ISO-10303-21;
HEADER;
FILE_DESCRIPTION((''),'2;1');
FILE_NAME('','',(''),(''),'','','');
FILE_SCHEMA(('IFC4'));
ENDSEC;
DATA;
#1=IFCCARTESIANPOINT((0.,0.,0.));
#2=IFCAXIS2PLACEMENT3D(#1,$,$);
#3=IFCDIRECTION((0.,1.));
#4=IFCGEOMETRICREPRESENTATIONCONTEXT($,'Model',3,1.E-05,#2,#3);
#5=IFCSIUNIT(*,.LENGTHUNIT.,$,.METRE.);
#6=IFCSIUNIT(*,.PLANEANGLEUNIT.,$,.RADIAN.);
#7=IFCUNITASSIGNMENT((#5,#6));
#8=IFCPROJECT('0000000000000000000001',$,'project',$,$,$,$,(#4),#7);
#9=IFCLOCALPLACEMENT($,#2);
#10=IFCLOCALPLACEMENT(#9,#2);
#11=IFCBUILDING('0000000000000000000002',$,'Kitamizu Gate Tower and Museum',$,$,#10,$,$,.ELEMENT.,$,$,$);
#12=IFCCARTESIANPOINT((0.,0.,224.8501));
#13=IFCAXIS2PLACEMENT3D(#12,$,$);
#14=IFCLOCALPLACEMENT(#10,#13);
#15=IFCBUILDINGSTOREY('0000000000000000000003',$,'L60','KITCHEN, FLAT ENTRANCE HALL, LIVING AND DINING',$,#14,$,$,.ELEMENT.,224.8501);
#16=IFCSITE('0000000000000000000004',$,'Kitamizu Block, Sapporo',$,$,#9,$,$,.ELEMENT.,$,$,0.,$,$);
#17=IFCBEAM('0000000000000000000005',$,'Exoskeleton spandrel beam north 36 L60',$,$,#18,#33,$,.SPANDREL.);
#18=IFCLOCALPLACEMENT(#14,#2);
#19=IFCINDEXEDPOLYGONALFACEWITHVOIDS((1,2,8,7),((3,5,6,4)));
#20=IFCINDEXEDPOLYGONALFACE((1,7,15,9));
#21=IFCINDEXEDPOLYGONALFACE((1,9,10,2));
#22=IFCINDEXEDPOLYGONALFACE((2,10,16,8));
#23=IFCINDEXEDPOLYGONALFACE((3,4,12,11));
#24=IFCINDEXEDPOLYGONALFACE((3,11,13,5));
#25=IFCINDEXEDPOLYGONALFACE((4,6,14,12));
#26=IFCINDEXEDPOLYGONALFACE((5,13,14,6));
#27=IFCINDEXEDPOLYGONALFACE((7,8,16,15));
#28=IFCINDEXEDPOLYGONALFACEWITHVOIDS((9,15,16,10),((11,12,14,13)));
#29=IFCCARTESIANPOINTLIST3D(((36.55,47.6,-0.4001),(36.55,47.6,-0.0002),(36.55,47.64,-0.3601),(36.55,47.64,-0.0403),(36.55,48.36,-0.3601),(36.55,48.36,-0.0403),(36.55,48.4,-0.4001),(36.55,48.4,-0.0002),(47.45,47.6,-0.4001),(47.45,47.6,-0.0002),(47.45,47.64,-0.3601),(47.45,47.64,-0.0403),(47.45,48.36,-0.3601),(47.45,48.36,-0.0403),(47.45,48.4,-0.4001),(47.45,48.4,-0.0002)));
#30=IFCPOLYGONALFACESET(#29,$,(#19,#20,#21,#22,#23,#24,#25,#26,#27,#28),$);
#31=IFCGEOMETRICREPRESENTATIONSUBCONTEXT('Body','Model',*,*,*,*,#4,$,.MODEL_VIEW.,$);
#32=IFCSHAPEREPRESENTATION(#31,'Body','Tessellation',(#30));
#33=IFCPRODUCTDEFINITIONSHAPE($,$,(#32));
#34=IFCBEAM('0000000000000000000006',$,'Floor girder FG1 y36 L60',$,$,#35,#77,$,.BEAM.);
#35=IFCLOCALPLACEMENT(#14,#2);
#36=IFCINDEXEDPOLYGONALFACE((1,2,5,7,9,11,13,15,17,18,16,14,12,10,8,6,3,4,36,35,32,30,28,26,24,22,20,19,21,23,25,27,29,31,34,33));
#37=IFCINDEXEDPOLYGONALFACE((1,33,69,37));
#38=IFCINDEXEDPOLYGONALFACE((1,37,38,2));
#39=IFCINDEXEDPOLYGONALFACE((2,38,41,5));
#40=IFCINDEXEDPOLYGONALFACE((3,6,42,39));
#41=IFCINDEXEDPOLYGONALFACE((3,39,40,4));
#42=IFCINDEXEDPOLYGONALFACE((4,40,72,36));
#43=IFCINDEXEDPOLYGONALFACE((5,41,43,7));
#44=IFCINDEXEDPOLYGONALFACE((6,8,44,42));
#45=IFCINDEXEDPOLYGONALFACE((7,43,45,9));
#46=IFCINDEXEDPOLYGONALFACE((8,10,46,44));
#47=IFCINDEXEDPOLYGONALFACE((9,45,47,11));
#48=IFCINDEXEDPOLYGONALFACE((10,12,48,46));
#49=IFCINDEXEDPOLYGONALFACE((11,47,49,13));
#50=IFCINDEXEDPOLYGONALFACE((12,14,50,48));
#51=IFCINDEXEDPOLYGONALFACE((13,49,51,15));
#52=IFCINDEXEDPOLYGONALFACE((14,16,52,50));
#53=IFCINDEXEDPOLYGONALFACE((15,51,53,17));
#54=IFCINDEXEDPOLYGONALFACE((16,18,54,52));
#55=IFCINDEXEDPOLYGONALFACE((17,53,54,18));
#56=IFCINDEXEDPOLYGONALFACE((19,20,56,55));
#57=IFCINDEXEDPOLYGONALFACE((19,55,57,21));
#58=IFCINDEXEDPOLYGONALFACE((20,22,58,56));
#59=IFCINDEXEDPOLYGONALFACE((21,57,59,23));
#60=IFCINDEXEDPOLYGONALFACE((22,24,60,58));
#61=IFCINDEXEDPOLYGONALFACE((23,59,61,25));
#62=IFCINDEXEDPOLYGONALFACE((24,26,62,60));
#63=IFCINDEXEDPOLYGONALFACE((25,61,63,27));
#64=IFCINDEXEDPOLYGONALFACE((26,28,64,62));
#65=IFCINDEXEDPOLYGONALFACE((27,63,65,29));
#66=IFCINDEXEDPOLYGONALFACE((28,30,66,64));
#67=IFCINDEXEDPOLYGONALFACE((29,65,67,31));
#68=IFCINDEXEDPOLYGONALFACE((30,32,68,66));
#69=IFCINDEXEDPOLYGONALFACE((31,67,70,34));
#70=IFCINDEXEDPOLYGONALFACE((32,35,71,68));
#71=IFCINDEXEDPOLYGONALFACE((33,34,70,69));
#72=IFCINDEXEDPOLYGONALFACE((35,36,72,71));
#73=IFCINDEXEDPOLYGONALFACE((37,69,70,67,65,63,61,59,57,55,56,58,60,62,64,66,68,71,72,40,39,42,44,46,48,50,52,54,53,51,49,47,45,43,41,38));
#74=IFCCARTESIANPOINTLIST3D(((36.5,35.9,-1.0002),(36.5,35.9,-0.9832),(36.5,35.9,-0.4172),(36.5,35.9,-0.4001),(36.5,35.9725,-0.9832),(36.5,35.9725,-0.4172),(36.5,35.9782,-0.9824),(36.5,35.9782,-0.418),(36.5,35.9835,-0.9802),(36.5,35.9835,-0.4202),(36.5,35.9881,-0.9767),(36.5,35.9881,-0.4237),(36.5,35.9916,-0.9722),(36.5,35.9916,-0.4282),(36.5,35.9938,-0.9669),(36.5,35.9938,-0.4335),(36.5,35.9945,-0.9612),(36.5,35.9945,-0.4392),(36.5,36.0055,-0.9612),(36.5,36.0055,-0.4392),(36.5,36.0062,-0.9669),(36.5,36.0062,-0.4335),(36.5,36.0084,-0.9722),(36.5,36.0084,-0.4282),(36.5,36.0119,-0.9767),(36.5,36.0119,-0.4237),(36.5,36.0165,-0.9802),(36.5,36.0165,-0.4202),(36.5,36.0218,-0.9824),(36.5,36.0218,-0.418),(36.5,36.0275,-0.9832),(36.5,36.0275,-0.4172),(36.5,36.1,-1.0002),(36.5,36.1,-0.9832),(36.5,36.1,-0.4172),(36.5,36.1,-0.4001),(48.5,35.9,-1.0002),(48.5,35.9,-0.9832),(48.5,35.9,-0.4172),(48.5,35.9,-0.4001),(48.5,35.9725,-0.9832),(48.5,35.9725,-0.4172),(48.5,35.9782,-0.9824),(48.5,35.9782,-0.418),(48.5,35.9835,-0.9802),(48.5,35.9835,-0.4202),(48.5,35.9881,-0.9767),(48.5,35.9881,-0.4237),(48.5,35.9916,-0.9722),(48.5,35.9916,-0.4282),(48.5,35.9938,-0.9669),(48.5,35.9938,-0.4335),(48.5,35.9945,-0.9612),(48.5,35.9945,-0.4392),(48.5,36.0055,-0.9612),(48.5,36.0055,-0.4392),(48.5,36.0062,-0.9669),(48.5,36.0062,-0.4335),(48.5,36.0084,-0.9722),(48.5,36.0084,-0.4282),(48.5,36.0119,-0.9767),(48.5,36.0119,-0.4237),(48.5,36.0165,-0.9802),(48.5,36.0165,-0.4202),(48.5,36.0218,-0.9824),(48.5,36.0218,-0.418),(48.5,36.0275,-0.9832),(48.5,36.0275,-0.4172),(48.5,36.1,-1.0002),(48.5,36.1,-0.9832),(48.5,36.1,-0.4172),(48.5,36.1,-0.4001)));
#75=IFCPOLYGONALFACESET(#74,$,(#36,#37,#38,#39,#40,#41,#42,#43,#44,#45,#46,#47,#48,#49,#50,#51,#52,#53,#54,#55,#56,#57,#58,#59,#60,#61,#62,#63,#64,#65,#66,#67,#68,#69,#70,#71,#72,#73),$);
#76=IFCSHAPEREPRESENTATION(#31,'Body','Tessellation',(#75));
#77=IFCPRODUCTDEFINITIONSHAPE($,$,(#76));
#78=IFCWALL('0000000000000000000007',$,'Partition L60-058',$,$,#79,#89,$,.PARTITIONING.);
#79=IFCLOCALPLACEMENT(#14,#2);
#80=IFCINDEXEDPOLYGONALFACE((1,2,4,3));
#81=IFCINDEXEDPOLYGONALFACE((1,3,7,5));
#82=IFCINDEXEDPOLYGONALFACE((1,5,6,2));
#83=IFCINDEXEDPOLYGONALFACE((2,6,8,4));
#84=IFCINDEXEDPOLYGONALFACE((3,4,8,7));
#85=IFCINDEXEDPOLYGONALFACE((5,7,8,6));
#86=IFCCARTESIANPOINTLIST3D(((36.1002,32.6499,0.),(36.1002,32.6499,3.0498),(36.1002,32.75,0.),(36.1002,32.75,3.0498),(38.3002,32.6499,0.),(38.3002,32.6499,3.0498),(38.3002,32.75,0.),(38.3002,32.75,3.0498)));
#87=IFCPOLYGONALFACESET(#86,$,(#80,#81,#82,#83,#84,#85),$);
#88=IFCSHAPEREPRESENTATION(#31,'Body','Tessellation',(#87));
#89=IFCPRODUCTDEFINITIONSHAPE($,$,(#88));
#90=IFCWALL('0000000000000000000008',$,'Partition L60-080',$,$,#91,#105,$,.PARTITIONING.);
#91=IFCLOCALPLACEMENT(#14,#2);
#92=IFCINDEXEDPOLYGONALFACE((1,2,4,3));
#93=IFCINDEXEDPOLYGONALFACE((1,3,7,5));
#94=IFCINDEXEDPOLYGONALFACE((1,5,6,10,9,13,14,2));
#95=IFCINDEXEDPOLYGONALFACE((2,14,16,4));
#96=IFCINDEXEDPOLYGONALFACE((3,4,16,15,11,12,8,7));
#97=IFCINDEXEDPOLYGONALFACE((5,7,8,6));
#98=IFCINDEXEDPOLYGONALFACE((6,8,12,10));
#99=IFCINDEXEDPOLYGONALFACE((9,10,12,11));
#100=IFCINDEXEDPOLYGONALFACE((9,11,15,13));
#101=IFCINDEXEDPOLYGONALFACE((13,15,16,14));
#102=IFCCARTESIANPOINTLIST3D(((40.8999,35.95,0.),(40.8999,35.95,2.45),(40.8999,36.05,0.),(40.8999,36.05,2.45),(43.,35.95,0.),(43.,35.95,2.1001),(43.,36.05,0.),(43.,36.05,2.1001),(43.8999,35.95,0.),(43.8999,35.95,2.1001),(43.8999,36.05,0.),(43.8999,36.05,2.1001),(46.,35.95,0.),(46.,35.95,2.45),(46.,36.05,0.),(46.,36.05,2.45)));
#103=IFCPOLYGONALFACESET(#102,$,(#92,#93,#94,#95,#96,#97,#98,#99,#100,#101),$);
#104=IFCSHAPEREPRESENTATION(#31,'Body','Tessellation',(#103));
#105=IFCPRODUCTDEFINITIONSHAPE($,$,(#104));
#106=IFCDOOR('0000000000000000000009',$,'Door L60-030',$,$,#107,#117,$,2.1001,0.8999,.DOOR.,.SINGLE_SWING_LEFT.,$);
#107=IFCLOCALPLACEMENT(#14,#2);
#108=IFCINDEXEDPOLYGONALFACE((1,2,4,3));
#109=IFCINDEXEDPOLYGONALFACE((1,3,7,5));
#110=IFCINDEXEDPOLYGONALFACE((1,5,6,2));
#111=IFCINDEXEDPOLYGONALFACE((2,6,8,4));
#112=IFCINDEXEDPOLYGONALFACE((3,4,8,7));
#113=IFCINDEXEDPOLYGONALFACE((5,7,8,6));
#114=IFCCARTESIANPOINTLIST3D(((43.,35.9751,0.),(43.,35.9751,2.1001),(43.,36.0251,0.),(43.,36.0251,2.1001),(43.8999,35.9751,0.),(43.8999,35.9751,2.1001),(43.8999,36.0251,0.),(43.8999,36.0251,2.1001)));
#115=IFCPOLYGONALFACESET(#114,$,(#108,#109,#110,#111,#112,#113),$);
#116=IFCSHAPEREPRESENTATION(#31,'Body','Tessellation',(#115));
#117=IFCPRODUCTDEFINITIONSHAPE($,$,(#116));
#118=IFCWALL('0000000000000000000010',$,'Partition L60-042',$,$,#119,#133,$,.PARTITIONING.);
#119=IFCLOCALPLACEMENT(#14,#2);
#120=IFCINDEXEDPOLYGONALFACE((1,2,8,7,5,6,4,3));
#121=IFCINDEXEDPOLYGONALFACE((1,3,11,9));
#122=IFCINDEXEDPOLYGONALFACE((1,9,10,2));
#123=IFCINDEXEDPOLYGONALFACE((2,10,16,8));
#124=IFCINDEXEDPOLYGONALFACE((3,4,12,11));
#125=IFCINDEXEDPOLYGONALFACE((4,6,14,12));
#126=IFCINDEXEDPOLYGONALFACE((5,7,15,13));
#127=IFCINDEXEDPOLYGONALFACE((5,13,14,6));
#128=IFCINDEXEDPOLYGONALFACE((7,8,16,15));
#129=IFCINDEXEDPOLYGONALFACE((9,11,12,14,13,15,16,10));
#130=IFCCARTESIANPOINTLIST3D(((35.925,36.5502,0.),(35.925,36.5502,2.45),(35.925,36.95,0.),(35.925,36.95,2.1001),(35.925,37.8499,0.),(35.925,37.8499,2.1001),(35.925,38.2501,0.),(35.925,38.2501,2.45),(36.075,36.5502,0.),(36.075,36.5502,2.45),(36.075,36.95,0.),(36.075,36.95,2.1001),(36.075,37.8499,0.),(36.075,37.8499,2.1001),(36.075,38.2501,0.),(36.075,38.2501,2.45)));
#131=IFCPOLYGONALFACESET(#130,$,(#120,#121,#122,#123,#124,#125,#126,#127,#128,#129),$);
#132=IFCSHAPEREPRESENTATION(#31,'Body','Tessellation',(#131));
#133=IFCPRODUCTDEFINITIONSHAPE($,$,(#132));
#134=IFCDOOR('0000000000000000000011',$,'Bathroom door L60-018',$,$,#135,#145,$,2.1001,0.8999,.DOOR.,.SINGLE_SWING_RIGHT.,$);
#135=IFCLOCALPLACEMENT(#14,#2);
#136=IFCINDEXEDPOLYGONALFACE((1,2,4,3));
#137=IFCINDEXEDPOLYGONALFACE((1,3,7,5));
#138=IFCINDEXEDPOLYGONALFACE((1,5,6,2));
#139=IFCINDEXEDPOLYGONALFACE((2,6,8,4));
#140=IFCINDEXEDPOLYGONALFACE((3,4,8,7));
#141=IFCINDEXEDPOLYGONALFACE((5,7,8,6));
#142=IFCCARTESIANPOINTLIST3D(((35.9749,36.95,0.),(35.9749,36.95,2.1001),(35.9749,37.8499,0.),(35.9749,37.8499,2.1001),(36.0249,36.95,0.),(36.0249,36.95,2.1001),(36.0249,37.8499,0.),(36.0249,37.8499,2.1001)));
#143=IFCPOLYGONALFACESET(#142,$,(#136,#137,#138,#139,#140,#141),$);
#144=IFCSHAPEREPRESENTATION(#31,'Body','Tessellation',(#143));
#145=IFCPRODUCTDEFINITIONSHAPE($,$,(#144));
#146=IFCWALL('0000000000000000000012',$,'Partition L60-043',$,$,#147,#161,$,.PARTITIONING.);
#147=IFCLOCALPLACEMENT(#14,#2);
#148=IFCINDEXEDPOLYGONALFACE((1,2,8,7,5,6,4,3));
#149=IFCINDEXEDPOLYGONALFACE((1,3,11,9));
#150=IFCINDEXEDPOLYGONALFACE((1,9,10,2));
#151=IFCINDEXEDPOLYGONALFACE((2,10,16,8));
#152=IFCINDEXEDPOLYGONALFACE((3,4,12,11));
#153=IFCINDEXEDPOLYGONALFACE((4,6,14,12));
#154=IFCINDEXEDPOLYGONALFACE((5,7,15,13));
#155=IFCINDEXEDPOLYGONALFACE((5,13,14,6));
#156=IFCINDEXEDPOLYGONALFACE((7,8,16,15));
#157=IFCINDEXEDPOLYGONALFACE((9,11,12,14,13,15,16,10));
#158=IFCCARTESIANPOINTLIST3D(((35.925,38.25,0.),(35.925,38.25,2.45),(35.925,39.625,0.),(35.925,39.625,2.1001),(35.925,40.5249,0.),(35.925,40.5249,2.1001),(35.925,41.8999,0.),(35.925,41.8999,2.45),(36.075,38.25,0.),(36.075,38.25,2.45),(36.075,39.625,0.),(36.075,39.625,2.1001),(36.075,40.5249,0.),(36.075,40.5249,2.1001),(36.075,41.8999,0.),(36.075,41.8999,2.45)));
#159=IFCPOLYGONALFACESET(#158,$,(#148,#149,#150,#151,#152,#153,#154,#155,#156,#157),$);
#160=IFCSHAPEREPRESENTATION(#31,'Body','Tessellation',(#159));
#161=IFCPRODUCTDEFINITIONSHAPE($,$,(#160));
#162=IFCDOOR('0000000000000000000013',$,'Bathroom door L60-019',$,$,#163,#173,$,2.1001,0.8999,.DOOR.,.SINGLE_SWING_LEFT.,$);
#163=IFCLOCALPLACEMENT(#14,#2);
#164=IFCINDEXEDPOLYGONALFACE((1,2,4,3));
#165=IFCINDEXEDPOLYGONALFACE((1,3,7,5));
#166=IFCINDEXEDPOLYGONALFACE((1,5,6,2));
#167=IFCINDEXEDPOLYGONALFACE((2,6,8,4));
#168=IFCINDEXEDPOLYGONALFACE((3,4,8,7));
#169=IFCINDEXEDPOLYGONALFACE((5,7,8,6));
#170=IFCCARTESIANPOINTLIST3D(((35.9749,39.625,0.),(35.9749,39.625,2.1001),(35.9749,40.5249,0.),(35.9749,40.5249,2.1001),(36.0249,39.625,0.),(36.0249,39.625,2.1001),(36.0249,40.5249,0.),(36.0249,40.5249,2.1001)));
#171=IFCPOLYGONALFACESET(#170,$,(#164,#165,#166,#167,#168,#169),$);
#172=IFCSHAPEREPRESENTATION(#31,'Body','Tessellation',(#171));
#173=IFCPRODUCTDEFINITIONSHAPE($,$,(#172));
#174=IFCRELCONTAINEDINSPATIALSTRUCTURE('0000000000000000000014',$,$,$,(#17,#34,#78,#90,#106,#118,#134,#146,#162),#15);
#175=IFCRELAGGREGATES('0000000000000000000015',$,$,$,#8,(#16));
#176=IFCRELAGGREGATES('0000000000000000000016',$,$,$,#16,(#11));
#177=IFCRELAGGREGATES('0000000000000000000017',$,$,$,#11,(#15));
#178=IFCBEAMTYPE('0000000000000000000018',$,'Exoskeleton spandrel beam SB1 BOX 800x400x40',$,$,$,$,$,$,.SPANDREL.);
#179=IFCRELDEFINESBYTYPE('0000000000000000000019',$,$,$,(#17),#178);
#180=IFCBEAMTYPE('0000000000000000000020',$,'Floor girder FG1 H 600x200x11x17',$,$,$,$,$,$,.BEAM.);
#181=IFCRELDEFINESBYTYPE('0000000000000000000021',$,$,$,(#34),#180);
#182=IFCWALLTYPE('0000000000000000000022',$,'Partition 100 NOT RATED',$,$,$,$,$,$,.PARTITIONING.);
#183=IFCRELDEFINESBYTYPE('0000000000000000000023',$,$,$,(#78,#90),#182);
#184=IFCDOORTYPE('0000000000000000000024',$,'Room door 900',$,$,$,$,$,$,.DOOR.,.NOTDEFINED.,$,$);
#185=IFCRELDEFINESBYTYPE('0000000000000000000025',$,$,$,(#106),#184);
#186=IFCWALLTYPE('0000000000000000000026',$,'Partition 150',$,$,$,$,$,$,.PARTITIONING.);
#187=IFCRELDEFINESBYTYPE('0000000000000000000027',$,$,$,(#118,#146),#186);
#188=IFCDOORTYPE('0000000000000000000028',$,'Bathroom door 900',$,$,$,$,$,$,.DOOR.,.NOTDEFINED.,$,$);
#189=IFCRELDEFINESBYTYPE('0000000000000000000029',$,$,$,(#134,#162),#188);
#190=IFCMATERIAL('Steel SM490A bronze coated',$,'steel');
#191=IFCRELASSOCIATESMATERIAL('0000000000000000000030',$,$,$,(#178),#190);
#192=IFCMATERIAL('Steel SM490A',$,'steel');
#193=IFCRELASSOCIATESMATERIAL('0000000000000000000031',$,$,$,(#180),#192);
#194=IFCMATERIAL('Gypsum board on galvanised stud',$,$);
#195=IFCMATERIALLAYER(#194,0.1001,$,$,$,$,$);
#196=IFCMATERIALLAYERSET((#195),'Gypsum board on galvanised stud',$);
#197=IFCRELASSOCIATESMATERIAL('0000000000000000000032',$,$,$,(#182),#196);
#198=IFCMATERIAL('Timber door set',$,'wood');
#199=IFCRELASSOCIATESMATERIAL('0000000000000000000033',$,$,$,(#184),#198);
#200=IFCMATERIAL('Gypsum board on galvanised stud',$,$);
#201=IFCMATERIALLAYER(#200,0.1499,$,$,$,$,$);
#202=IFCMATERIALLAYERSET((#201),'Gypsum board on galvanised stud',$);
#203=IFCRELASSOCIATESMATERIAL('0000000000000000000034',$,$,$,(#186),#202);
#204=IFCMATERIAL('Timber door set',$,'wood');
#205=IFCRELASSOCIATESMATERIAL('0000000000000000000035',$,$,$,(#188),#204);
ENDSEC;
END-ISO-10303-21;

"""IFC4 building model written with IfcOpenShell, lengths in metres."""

from ifc_helpers import new_model, si_unit, direction, frame, frame_2d, origin, origin_2d, place, context, subcontext, project, spatial, rectangle, hollow_rectangle, i_section, extrude, material, layer, layer_set, material_profile, profile_set, type_object, element, fill, save


model = new_model("IFC4")

# Units and contexts
model_context = context("Model", 3, precision=1e-05, world=origin(), true_north=direction((0.0, 1.0)))
body_context = subcontext(model_context, "Body", "Model", "MODEL_VIEW")
ifc_project = project(units=[si_unit("LENGTHUNIT", "METRE"), si_unit("PLANEANGLEUNIT", "RADIAN")], contexts=[model_context])

# Site, building, storey
site_placement = place(None, origin())
site = spatial("IfcSite", under=ifc_project, at=site_placement, Name="Kitamizu Block, Sapporo", CompositionType="ELEMENT", RefElevation=0.0)
building_placement = place(site_placement, origin())
building = spatial("IfcBuilding", under=site, at=building_placement, Name="Kitamizu Gate Tower and Museum", CompositionType="ELEMENT")
storey_placement = place(building_placement, frame((0.0, 0.0, 224.8501)))
storey = spatial("IfcBuildingStorey", under=building, at=storey_placement, Name="L60", Description="KITCHEN, FLAT ENTRANCE HALL, LIVING AND DINING", CompositionType="ELEMENT", Elevation=224.8501)

# Beams
ifc_material_1 = material(Name="Steel SM490A bronze coated", Category="steel")
ifc_material_profile_1 = material_profile(ifc_material_1, hollow_rectangle(XDim=0.8, YDim=0.3999, WallThickness=0.04, at=origin_2d()), Name="BOX 800x400x40")
ifc_profile_set_1 = profile_set([ifc_material_profile_1], Name="Steel SM490A bronze coated")
beam_type_1 = type_object("IfcBeamType", Name="Exoskeleton spandrel beam SB1 BOX 800x400x40", PredefinedType="SPANDREL", material=ifc_profile_set_1)
beam_1_placement = place(storey_placement, frame((36.55, 48.0, -0.2002), z_axis=(1.0, 0.0, 0.0), x_axis=(0.0, 1.0, 0.0)))
element("IfcBeam", 1, at=beam_1_placement, inside=storey, type_object=beam_type_1, Name="Exoskeleton spandrel beam north 36 L60", PredefinedType="SPANDREL", context=body_context, shape_type="SweptSolid", body=[
    extrude(hollow_rectangle(XDim=0.8, YDim=0.3999, WallThickness=0.04, at=origin_2d()), origin(), (0.0, 0.0, 1.0), 10.8999),
])
ifc_material_2 = material(Name="Steel SM490A", Category="steel")
ifc_material_profile_2 = material_profile(ifc_material_2, i_section(OverallWidth=0.2, OverallDepth=0.6001, WebThickness=0.011, FlangeThickness=0.0171, FilletRadius=0.022, at=origin_2d()), Name="H-600x200x11x17")
ifc_profile_set_2 = profile_set([ifc_material_profile_2], Name="Steel SM490A")
beam_type_2 = type_object("IfcBeamType", Name="Floor girder FG1 H 600x200x11x17", PredefinedType="BEAM", material=ifc_profile_set_2)
beam_2_placement = place(storey_placement, frame((36.5, 36.0, -0.7002), z_axis=(1.0, 0.0, 0.0), x_axis=(0.0, 1.0, 0.0)))
element("IfcBeam", 2, at=beam_2_placement, inside=storey, type_object=beam_type_2, Name="Floor girder FG1 y36 L60", PredefinedType="BEAM", context=body_context, shape_type="SweptSolid", body=[
    extrude(i_section(OverallWidth=0.2, OverallDepth=0.6001, WebThickness=0.011, FlangeThickness=0.0171, FilletRadius=0.022, at=origin_2d()), origin(), (0.0, 0.0, 1.0), 12.0),
])

# Wall
ifc_material_3 = material(Name="Gypsum board on galvanised stud")
ifc_layer_1 = layer(ifc_material_3, 0.1001)
ifc_layer_set_1 = layer_set([ifc_layer_1], Name="Gypsum board on galvanised stud")
wall_type_1 = type_object("IfcWallType", Name="Partition 100 NOT RATED", PredefinedType="PARTITIONING", material=ifc_layer_set_1)
wall_1_placement = place(storey_placement, frame((36.1001, 32.7, 0.0), z_axis=(0.0, 0.0, 1.0), x_axis=(1.0, 0.0, 0.0)))
element("IfcWall", 3, at=wall_1_placement, inside=storey, type_object=wall_type_1, Name="Partition L60-058", PredefinedType="PARTITIONING", context=body_context, shape_type="SweptSolid", body=[
    extrude(rectangle(XDim=2.2, YDim=0.1001, at=frame_2d((1.1001, 0.0))), origin(), (0.0, 0.0, 1.0), 3.0498),
])

# Walls, openings, doors
wall_2_placement = place(storey_placement, frame((40.8999, 36.0, 0.0), z_axis=(0.0, 0.0, 1.0), x_axis=(1.0, 0.0, 0.0)))
wall_2 = element("IfcWall", 4, at=wall_2_placement, inside=storey, type_object=wall_type_1, Name="Partition L60-080", PredefinedType="PARTITIONING", context=body_context, shape_type="SweptSolid", body=[
    extrude(rectangle(XDim=5.1001, YDim=0.1001, at=frame_2d((2.55, 0.0))), origin(), (0.0, 0.0, 1.0), 2.45),
])
opening_1_placement = place(wall_2_placement, frame((2.1001, 0.0, 0.0)))
opening_1 = element("IfcOpeningElement", 5, at=opening_1_placement, cuts=wall_2, PredefinedType="OPENING", context=body_context, shape_type="SweptSolid", body=[
    extrude(rectangle(XDim=0.8999, YDim=2.1001, at=frame_2d((0.45, 1.05))), frame((0.0, 0.0601, 0.0), z_axis=(0.0, -1.0, 0.0), x_axis=(1.0, 0.0, 0.0)), (0.0, 0.0, 1.0), 0.1201),
])
ifc_material_4 = material(Name="Timber door set", Category="wood")
door_type_1 = type_object("IfcDoorType", Name="Room door 900", OperationType="NOTDEFINED", PredefinedType="DOOR", material=ifc_material_4)
door_1_placement = place(opening_1_placement, frame((0.8999, 0.0, 0.0), x_axis=(-1.0, 0.0, 0.0)))
door_1 = element("IfcDoor", 6, at=door_1_placement, inside=storey, type_object=door_type_1, Name="Door L60-030", OperationType="SINGLE_SWING_LEFT", OverallHeight=2.1001, OverallWidth=0.8999, PredefinedType="DOOR", context=body_context, shape_type="SweptSolid", body=[
    extrude(rectangle(XDim=0.8999, YDim=2.1001, at=frame_2d((0.45, 1.05))), frame((0.0, 0.0249, 0.0), z_axis=(0.0, -1.0, 0.0), x_axis=(1.0, 0.0, 0.0)), (0.0, 0.0, 1.0), 0.05),
])
fill(opening_1, door_1)
ifc_material_5 = material(Name="Gypsum board on galvanised stud")
ifc_layer_2 = layer(ifc_material_5, 0.1499)
ifc_layer_set_2 = layer_set([ifc_layer_2], Name="Gypsum board on galvanised stud")
wall_type_2 = type_object("IfcWallType", Name="Partition 150", PredefinedType="PARTITIONING", material=ifc_layer_set_2)
wall_3_placement = place(storey_placement, frame((36.0, 36.55, 0.0), z_axis=(0.0, 0.0, 1.0), x_axis=(0.0, 1.0, 0.0)))
wall_3 = element("IfcWall", 7, at=wall_3_placement, inside=storey, type_object=wall_type_2, Name="Partition L60-042", PredefinedType="PARTITIONING", context=body_context, shape_type="SweptSolid", body=[
    extrude(rectangle(XDim=1.7, YDim=0.1499, at=frame_2d((0.8501, 0.0))), origin(), (0.0, 0.0, 1.0), 2.45),
])
opening_2_placement = place(wall_3_placement, frame((0.3999, 0.0, 0.0)))
opening_2 = element("IfcOpeningElement", 8, at=opening_2_placement, cuts=wall_3, PredefinedType="OPENING", context=body_context, shape_type="SweptSolid", body=[
    extrude(rectangle(XDim=0.8999, YDim=2.1001, at=frame_2d((0.45, 1.05))), frame((0.0, 0.085, 0.0), z_axis=(0.0, -1.0, 0.0), x_axis=(1.0, 0.0, 0.0)), (0.0, 0.0, 1.0), 0.1699),
])
ifc_material_6 = material(Name="Timber door set", Category="wood")
door_type_2 = type_object("IfcDoorType", Name="Bathroom door 900", OperationType="NOTDEFINED", PredefinedType="DOOR", material=ifc_material_6)
door_2_placement = place(opening_2_placement, frame((0.8999, 0.0, 0.0), x_axis=(-1.0, 0.0, 0.0)))
door_2 = element("IfcDoor", 9, at=door_2_placement, inside=storey, type_object=door_type_2, Name="Bathroom door L60-018", OperationType="SINGLE_SWING_RIGHT", OverallHeight=2.1001, OverallWidth=0.8999, PredefinedType="DOOR", context=body_context, shape_type="SweptSolid", body=[
    extrude(rectangle(XDim=0.8999, YDim=2.1001, at=frame_2d((0.45, 1.05))), frame((0.0, 0.0249, 0.0), z_axis=(0.0, -1.0, 0.0), x_axis=(1.0, 0.0, 0.0)), (0.0, 0.0, 1.0), 0.05),
])
fill(opening_2, door_2)
wall_4_placement = place(storey_placement, frame((36.0, 38.25, 0.0), z_axis=(0.0, 0.0, 1.0), x_axis=(0.0, 1.0, 0.0)))
wall_4 = element("IfcWall", 10, at=wall_4_placement, inside=storey, type_object=wall_type_2, Name="Partition L60-043", PredefinedType="PARTITIONING", context=body_context, shape_type="SweptSolid", body=[
    extrude(rectangle(XDim=3.6499, YDim=0.1499, at=frame_2d((1.825, 0.0))), origin(), (0.0, 0.0, 1.0), 2.45),
])
opening_3_placement = place(wall_4_placement, frame((1.375, 0.0, 0.0)))
opening_3 = element("IfcOpeningElement", 11, at=opening_3_placement, cuts=wall_4, PredefinedType="OPENING", context=body_context, shape_type="SweptSolid", body=[
    extrude(rectangle(XDim=0.8999, YDim=2.1001, at=frame_2d((0.45, 1.05))), frame((0.0, 0.085, 0.0), z_axis=(0.0, -1.0, 0.0), x_axis=(1.0, 0.0, 0.0)), (0.0, 0.0, 1.0), 0.1699),
])
door_3_placement = place(opening_3_placement, frame((0.8999, 0.0, 0.0), x_axis=(-1.0, 0.0, 0.0)))
door_3 = element("IfcDoor", 12, at=door_3_placement, inside=storey, type_object=door_type_2, Name="Bathroom door L60-019", OperationType="SINGLE_SWING_LEFT", OverallHeight=2.1001, OverallWidth=0.8999, PredefinedType="DOOR", context=body_context, shape_type="SweptSolid", body=[
    extrude(rectangle(XDim=0.8999, YDim=2.1001, at=frame_2d((0.45, 1.05))), frame((0.0, 0.0249, 0.0), z_axis=(0.0, -1.0, 0.0), x_axis=(1.0, 0.0, 0.0)), (0.0, 0.0, 1.0), 0.05),
])
fill(opening_3, door_3)

save(model, "model.ifc")
